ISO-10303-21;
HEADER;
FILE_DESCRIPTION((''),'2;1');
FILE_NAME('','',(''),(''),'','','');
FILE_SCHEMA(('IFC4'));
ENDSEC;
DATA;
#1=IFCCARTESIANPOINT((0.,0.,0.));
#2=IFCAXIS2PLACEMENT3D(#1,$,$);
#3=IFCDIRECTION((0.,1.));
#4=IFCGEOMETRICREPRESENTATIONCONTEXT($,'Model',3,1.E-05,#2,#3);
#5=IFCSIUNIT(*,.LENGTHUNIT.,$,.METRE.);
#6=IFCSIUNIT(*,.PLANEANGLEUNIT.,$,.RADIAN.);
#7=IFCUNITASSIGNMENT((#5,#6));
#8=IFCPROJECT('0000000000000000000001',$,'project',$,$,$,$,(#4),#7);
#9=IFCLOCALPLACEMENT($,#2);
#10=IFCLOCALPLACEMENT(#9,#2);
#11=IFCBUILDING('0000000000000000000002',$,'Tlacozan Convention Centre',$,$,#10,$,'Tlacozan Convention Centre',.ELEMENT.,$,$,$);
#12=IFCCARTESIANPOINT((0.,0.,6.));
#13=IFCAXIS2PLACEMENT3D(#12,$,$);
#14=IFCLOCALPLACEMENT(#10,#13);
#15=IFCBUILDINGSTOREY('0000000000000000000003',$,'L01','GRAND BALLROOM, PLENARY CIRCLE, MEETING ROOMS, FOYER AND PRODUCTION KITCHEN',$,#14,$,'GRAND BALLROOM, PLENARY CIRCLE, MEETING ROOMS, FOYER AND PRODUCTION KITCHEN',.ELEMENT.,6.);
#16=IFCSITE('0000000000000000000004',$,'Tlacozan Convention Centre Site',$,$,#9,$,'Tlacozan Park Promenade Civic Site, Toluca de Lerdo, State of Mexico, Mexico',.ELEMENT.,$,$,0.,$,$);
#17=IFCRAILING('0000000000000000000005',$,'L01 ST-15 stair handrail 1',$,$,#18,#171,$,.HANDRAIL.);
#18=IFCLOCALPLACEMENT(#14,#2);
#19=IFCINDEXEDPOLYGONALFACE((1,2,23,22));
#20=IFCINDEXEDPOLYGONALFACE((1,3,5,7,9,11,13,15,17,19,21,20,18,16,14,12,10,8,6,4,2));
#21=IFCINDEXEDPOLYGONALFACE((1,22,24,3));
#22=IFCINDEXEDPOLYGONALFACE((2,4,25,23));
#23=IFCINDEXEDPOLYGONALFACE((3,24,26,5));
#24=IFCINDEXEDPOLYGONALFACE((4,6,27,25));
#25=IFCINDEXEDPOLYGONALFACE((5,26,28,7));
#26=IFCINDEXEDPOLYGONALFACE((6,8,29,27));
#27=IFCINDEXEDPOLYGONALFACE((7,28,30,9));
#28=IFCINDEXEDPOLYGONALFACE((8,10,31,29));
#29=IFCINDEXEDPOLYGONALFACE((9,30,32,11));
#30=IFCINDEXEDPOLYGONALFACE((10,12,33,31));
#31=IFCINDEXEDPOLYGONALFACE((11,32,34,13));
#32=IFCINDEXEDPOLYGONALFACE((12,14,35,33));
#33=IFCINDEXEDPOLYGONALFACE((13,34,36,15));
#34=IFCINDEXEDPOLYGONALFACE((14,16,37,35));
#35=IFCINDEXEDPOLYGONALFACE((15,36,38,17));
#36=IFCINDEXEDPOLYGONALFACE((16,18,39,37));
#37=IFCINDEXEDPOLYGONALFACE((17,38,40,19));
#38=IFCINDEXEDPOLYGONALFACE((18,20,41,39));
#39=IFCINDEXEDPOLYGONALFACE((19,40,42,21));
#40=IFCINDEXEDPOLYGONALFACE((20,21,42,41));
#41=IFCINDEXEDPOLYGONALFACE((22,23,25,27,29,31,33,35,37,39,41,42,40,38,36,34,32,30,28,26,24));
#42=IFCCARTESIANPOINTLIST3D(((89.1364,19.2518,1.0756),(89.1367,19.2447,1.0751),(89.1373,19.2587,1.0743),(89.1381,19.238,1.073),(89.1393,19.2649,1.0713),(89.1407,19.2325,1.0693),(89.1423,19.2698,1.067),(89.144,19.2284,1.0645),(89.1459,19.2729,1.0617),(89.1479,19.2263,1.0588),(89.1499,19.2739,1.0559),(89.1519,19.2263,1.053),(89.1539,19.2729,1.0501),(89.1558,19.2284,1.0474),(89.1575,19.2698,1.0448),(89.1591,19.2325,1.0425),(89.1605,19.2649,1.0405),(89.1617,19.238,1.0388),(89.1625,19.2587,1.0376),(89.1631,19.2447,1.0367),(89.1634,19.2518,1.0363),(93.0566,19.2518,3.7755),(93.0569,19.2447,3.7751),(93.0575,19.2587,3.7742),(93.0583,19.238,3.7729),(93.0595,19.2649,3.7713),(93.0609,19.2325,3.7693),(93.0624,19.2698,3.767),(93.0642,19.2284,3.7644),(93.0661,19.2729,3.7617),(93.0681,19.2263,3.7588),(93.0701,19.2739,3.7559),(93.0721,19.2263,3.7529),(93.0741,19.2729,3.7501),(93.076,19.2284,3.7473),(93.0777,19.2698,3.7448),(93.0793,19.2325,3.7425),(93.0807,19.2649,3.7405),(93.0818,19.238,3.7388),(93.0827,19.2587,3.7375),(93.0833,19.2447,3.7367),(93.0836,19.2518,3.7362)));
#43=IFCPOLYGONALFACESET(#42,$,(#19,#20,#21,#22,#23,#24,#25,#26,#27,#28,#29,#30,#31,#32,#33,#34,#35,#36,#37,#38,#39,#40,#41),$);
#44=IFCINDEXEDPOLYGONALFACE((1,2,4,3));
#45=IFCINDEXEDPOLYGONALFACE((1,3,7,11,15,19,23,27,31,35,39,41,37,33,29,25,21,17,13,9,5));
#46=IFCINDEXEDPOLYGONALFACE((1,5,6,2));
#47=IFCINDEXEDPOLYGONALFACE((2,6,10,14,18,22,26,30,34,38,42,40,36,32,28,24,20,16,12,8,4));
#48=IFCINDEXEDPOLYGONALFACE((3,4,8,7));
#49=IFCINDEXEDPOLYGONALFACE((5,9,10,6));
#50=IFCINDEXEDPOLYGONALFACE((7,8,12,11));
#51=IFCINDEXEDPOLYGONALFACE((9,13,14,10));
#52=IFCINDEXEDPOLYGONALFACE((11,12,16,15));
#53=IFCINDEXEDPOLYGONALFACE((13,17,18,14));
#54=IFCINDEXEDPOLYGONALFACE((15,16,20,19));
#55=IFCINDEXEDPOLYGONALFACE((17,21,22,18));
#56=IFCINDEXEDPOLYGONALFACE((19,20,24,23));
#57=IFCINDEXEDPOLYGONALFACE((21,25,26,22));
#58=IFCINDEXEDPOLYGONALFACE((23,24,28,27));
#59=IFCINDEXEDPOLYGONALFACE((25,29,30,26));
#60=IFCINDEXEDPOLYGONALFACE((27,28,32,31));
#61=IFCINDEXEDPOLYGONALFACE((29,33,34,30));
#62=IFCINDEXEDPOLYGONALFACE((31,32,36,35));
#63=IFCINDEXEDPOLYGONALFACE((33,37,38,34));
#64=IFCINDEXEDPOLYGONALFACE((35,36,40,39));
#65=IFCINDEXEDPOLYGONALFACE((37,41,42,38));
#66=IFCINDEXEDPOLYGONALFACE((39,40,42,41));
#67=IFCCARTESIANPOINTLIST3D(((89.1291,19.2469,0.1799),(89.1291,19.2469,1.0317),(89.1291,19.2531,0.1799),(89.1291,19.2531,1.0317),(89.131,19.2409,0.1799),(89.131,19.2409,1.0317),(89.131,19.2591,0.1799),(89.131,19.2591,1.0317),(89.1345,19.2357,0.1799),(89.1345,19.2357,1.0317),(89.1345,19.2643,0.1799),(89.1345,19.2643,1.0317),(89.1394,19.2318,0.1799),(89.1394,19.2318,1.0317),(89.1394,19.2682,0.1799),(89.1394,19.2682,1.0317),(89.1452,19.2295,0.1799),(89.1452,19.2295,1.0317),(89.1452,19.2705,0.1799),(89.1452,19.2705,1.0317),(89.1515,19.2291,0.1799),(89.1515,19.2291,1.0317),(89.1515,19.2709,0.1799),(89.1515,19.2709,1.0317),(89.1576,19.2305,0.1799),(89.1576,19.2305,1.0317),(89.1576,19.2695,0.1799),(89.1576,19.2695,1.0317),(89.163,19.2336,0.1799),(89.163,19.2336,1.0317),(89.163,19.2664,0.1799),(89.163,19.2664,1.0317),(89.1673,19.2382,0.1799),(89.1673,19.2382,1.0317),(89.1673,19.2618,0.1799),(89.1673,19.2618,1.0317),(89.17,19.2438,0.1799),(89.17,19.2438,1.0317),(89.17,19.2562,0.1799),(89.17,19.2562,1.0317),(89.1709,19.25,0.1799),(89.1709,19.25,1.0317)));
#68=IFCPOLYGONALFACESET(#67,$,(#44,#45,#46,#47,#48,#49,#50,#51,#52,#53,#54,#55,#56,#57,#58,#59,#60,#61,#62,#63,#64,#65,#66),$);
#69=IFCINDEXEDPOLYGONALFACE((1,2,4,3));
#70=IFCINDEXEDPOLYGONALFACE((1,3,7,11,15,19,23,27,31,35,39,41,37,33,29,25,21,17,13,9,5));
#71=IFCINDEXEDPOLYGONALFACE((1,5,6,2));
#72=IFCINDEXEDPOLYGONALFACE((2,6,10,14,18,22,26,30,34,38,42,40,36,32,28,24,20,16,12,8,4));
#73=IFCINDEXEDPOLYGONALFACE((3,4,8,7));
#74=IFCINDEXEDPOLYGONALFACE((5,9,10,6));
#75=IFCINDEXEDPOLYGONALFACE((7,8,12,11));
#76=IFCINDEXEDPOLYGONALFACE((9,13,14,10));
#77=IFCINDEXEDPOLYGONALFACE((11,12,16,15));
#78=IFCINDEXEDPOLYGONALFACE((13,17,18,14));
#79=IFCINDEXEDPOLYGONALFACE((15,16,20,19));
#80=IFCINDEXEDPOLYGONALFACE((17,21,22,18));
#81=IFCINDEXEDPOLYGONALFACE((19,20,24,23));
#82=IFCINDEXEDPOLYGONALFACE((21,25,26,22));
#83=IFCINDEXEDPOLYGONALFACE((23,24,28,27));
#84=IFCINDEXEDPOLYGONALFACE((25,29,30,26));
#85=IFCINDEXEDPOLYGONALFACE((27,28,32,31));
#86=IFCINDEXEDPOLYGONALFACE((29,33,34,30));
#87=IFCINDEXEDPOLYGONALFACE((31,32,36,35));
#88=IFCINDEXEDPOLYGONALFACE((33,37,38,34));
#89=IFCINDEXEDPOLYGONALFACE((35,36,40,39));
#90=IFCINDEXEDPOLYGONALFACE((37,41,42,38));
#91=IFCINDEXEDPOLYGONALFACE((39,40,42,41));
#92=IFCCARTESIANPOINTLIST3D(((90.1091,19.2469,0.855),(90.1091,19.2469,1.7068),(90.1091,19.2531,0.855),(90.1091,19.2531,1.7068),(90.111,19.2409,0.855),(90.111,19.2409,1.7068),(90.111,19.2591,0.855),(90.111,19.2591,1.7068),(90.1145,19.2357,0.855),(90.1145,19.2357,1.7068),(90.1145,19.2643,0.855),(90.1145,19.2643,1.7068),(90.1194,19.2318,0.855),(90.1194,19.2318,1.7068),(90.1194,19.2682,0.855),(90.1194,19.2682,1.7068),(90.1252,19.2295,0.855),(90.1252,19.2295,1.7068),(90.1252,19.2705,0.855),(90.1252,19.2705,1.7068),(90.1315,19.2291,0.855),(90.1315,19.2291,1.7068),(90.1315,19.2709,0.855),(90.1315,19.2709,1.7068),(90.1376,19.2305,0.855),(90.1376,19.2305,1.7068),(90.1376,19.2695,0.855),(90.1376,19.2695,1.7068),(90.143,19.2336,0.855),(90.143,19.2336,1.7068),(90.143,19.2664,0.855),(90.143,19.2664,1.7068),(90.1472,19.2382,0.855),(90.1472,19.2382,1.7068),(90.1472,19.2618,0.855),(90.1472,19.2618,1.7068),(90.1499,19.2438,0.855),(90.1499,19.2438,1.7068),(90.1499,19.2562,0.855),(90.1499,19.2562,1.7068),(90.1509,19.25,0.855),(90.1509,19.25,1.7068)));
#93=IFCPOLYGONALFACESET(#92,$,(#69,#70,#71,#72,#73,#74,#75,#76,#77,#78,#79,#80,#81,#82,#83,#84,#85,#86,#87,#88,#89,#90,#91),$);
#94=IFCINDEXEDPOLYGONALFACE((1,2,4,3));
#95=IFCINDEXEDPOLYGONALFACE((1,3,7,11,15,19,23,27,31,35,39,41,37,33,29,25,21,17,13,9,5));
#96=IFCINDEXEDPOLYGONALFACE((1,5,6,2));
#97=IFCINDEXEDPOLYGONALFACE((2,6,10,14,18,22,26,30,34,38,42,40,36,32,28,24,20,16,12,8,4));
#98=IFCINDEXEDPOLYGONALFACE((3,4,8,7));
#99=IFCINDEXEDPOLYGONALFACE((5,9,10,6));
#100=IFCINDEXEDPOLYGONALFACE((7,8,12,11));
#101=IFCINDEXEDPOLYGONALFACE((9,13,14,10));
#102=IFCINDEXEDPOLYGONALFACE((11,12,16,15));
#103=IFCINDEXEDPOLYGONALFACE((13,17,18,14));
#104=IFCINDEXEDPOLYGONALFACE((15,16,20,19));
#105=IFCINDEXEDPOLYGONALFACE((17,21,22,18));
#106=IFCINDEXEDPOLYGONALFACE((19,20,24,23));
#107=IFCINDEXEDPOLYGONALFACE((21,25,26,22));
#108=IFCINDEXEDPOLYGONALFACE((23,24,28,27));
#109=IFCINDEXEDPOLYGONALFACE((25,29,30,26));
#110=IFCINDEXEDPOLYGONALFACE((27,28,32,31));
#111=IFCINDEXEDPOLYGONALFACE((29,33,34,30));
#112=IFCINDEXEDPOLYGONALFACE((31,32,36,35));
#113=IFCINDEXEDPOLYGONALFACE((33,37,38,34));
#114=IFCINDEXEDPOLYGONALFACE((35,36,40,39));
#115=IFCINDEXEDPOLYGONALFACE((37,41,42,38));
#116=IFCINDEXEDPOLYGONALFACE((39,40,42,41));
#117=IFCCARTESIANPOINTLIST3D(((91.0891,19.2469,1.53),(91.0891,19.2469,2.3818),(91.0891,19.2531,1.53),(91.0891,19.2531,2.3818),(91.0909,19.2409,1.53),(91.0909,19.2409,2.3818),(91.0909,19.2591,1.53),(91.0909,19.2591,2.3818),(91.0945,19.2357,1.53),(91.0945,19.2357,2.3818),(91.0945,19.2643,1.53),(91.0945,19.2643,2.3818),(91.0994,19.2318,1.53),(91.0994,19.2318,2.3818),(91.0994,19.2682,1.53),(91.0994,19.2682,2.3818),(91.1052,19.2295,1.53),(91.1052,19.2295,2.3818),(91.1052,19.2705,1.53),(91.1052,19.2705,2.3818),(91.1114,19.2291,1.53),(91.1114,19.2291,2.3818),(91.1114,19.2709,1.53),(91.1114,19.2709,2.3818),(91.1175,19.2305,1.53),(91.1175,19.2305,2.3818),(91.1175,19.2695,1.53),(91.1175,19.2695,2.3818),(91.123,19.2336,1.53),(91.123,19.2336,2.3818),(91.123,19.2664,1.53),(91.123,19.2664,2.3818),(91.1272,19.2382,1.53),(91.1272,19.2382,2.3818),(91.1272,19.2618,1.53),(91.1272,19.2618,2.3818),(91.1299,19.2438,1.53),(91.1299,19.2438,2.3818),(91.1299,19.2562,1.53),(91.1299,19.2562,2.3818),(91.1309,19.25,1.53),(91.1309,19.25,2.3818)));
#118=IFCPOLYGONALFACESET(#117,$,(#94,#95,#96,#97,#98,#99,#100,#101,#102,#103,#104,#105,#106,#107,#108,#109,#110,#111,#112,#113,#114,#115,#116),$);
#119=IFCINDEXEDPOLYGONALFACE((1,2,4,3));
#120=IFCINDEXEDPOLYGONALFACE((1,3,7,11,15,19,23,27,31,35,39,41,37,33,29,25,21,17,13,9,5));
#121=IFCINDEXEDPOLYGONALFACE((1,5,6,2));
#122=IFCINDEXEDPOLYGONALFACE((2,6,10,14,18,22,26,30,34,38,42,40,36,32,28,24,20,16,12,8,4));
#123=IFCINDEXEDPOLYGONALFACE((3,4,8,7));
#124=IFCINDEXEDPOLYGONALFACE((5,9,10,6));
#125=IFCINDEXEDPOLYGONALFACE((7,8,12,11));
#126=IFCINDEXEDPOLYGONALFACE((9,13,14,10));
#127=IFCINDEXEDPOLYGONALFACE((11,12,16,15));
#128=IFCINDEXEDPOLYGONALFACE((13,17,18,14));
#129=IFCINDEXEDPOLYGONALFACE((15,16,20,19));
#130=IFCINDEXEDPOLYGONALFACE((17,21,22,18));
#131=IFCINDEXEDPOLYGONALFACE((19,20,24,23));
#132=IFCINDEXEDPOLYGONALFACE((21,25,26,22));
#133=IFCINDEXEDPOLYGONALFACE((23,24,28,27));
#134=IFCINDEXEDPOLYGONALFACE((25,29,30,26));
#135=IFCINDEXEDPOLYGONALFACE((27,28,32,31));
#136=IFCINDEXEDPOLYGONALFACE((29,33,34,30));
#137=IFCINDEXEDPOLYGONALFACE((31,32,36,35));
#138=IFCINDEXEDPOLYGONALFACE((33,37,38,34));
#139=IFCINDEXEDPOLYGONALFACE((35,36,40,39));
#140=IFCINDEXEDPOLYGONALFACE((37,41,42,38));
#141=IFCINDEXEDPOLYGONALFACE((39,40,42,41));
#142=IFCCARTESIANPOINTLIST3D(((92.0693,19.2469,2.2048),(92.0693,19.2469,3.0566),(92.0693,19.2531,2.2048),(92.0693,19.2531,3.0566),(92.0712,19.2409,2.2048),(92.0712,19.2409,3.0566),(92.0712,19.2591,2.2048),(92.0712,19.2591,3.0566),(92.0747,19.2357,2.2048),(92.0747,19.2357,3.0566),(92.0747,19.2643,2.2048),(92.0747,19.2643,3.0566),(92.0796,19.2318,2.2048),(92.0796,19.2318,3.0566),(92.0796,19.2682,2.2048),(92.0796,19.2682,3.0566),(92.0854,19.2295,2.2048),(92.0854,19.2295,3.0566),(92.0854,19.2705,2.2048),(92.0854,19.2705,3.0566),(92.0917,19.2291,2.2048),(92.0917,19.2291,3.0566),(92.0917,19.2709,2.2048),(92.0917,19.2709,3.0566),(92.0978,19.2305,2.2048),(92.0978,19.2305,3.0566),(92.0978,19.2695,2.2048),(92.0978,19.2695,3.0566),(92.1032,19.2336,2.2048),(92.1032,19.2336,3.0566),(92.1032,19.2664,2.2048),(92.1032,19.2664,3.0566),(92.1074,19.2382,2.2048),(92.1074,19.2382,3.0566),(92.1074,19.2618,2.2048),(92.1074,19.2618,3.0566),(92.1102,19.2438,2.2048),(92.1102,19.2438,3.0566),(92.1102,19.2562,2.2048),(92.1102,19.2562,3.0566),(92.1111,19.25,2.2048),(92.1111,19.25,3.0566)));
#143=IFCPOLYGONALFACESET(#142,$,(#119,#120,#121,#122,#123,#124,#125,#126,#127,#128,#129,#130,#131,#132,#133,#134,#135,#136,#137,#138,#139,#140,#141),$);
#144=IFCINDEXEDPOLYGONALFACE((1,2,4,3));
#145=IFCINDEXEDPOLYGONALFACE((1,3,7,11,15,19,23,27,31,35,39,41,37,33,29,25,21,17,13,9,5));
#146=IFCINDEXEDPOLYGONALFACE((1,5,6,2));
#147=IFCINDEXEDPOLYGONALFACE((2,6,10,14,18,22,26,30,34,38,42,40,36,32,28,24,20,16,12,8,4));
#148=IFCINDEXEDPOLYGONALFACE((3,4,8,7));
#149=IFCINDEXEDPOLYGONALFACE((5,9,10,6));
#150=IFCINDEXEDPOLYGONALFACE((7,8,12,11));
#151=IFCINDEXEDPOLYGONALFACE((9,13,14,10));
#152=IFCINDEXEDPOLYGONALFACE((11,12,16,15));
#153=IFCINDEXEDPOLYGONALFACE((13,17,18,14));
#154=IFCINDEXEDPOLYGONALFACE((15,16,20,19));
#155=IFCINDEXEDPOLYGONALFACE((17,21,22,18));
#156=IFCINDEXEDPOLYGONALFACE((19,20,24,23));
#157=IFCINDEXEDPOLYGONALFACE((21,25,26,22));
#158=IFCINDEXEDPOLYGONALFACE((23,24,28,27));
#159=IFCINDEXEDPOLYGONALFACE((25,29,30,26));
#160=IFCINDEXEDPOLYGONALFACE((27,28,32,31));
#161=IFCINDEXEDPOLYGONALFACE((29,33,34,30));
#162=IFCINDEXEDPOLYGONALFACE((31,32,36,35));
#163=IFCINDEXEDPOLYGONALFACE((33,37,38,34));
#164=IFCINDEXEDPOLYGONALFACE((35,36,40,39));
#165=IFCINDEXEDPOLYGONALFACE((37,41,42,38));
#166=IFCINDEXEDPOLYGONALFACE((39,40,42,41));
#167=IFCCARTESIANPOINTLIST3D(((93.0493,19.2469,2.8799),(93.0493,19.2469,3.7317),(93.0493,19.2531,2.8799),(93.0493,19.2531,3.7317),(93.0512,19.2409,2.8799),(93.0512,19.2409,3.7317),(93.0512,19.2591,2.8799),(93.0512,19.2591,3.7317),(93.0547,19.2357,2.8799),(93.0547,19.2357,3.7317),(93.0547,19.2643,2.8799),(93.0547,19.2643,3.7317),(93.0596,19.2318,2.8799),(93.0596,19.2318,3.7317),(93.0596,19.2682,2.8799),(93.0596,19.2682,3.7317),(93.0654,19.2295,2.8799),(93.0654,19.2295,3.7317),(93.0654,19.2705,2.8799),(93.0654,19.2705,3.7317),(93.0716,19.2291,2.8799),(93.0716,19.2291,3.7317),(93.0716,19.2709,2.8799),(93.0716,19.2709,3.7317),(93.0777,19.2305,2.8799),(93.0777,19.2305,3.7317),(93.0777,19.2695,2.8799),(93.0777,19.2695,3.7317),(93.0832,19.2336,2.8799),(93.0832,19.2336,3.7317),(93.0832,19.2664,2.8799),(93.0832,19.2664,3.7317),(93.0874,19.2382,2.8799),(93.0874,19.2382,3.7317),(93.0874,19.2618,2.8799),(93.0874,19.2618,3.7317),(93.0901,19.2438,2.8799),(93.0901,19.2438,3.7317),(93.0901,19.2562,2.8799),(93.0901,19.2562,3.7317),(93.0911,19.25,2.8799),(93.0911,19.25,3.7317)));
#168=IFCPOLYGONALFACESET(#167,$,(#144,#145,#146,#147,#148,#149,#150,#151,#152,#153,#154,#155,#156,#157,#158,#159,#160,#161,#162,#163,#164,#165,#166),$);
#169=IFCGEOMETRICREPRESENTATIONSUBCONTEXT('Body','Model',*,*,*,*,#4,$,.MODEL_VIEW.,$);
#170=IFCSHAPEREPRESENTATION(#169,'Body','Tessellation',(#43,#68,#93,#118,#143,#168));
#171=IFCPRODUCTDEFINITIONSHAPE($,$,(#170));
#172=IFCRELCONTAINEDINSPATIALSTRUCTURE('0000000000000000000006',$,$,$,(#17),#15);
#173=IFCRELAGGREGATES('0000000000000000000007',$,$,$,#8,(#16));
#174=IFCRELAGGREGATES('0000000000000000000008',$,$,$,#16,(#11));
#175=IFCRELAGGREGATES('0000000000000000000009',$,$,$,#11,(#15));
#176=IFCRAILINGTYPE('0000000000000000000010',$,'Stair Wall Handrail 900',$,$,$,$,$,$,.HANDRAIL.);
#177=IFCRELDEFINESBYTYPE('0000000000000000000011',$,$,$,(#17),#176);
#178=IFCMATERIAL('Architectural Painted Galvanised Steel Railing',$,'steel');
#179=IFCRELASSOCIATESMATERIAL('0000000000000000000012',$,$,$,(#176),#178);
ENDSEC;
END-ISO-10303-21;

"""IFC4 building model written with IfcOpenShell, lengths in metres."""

from ifc_helpers import new_model, si_unit, direction, frame, origin, origin_2d, place, context, subcontext, project, spatial, circle, extrude, material, type_object, element, save


model = new_model("IFC4")

# Units and contexts
model_context = context("Model", 3, precision=1e-05, world=origin(), true_north=direction((0.0, 1.0)))
body_context = subcontext(model_context, "Body", "Model", "MODEL_VIEW")
ifc_project = project(units=[si_unit("LENGTHUNIT", "METRE"), si_unit("PLANEANGLEUNIT", "RADIAN")], contexts=[model_context])

# Site, building, storey
site_placement = place(None, origin())
site = spatial("IfcSite", under=ifc_project, at=site_placement, Name="Tlacozan Convention Centre Site", LongName="Tlacozan Park Promenade Civic Site, Toluca de Lerdo, State of Mexico, Mexico", CompositionType="ELEMENT", RefElevation=0.0)
building_placement = place(site_placement, origin())
building = spatial("IfcBuilding", under=site, at=building_placement, Name="Tlacozan Convention Centre", LongName="Tlacozan Convention Centre", CompositionType="ELEMENT")
storey_placement = place(building_placement, frame((0.0, 0.0, 6.0)))
storey = spatial("IfcBuildingStorey", under=building, at=storey_placement, Name="L01", Description="GRAND BALLROOM, PLENARY CIRCLE, MEETING ROOMS, FOYER AND PRODUCTION KITCHEN", LongName="GRAND BALLROOM, PLENARY CIRCLE, MEETING ROOMS, FOYER AND PRODUCTION KITCHEN", CompositionType="ELEMENT", Elevation=6.0)

# Railing
ifc_material_1 = material(Name="Architectural Painted Galvanised Steel Railing", Category="steel")
railing_type_1 = type_object("IfcRailingType", Name="Stair Wall Handrail 900", PredefinedType="HANDRAIL", material=ifc_material_1)
railing_1_placement = place(storey_placement, frame((89.1499, 19.25, 0.1799)))
element("IfcRailing", 1, at=railing_1_placement, inside=storey, type_object=railing_type_1, Name="L01 ST-15 stair handrail 1", PredefinedType="HANDRAIL", context=body_context, shape_type="SweptSolid", body=[
    extrude(circle(Radius=0.0239, at=origin_2d()), frame((0.0, 0.0, 0.876), z_axis=(0.823567, 0.0, 0.567219), x_axis=(0.0, 1.0, 0.0)), (0.0, 0.0, 1.0), 4.76),
    extrude(circle(Radius=0.021, at=origin_2d()), origin(), (0.0, 0.0, 1.0), 0.8518),
    extrude(circle(Radius=0.021, at=origin_2d()), frame((0.98, 0.0, 0.675)), (0.0, 0.0, 1.0), 0.8518),
    extrude(circle(Radius=0.021, at=origin_2d()), frame((1.96, 0.0, 1.3501)), (0.0, 0.0, 1.0), 0.8518),
    extrude(circle(Radius=0.021, at=origin_2d()), frame((2.9402, 0.0, 2.0249)), (0.0, 0.0, 1.0), 0.8518),
    extrude(circle(Radius=0.021, at=origin_2d()), frame((3.9202, 0.0, 2.7)), (0.0, 0.0, 1.0), 0.8518),
])

save(model, "model.ifc")
